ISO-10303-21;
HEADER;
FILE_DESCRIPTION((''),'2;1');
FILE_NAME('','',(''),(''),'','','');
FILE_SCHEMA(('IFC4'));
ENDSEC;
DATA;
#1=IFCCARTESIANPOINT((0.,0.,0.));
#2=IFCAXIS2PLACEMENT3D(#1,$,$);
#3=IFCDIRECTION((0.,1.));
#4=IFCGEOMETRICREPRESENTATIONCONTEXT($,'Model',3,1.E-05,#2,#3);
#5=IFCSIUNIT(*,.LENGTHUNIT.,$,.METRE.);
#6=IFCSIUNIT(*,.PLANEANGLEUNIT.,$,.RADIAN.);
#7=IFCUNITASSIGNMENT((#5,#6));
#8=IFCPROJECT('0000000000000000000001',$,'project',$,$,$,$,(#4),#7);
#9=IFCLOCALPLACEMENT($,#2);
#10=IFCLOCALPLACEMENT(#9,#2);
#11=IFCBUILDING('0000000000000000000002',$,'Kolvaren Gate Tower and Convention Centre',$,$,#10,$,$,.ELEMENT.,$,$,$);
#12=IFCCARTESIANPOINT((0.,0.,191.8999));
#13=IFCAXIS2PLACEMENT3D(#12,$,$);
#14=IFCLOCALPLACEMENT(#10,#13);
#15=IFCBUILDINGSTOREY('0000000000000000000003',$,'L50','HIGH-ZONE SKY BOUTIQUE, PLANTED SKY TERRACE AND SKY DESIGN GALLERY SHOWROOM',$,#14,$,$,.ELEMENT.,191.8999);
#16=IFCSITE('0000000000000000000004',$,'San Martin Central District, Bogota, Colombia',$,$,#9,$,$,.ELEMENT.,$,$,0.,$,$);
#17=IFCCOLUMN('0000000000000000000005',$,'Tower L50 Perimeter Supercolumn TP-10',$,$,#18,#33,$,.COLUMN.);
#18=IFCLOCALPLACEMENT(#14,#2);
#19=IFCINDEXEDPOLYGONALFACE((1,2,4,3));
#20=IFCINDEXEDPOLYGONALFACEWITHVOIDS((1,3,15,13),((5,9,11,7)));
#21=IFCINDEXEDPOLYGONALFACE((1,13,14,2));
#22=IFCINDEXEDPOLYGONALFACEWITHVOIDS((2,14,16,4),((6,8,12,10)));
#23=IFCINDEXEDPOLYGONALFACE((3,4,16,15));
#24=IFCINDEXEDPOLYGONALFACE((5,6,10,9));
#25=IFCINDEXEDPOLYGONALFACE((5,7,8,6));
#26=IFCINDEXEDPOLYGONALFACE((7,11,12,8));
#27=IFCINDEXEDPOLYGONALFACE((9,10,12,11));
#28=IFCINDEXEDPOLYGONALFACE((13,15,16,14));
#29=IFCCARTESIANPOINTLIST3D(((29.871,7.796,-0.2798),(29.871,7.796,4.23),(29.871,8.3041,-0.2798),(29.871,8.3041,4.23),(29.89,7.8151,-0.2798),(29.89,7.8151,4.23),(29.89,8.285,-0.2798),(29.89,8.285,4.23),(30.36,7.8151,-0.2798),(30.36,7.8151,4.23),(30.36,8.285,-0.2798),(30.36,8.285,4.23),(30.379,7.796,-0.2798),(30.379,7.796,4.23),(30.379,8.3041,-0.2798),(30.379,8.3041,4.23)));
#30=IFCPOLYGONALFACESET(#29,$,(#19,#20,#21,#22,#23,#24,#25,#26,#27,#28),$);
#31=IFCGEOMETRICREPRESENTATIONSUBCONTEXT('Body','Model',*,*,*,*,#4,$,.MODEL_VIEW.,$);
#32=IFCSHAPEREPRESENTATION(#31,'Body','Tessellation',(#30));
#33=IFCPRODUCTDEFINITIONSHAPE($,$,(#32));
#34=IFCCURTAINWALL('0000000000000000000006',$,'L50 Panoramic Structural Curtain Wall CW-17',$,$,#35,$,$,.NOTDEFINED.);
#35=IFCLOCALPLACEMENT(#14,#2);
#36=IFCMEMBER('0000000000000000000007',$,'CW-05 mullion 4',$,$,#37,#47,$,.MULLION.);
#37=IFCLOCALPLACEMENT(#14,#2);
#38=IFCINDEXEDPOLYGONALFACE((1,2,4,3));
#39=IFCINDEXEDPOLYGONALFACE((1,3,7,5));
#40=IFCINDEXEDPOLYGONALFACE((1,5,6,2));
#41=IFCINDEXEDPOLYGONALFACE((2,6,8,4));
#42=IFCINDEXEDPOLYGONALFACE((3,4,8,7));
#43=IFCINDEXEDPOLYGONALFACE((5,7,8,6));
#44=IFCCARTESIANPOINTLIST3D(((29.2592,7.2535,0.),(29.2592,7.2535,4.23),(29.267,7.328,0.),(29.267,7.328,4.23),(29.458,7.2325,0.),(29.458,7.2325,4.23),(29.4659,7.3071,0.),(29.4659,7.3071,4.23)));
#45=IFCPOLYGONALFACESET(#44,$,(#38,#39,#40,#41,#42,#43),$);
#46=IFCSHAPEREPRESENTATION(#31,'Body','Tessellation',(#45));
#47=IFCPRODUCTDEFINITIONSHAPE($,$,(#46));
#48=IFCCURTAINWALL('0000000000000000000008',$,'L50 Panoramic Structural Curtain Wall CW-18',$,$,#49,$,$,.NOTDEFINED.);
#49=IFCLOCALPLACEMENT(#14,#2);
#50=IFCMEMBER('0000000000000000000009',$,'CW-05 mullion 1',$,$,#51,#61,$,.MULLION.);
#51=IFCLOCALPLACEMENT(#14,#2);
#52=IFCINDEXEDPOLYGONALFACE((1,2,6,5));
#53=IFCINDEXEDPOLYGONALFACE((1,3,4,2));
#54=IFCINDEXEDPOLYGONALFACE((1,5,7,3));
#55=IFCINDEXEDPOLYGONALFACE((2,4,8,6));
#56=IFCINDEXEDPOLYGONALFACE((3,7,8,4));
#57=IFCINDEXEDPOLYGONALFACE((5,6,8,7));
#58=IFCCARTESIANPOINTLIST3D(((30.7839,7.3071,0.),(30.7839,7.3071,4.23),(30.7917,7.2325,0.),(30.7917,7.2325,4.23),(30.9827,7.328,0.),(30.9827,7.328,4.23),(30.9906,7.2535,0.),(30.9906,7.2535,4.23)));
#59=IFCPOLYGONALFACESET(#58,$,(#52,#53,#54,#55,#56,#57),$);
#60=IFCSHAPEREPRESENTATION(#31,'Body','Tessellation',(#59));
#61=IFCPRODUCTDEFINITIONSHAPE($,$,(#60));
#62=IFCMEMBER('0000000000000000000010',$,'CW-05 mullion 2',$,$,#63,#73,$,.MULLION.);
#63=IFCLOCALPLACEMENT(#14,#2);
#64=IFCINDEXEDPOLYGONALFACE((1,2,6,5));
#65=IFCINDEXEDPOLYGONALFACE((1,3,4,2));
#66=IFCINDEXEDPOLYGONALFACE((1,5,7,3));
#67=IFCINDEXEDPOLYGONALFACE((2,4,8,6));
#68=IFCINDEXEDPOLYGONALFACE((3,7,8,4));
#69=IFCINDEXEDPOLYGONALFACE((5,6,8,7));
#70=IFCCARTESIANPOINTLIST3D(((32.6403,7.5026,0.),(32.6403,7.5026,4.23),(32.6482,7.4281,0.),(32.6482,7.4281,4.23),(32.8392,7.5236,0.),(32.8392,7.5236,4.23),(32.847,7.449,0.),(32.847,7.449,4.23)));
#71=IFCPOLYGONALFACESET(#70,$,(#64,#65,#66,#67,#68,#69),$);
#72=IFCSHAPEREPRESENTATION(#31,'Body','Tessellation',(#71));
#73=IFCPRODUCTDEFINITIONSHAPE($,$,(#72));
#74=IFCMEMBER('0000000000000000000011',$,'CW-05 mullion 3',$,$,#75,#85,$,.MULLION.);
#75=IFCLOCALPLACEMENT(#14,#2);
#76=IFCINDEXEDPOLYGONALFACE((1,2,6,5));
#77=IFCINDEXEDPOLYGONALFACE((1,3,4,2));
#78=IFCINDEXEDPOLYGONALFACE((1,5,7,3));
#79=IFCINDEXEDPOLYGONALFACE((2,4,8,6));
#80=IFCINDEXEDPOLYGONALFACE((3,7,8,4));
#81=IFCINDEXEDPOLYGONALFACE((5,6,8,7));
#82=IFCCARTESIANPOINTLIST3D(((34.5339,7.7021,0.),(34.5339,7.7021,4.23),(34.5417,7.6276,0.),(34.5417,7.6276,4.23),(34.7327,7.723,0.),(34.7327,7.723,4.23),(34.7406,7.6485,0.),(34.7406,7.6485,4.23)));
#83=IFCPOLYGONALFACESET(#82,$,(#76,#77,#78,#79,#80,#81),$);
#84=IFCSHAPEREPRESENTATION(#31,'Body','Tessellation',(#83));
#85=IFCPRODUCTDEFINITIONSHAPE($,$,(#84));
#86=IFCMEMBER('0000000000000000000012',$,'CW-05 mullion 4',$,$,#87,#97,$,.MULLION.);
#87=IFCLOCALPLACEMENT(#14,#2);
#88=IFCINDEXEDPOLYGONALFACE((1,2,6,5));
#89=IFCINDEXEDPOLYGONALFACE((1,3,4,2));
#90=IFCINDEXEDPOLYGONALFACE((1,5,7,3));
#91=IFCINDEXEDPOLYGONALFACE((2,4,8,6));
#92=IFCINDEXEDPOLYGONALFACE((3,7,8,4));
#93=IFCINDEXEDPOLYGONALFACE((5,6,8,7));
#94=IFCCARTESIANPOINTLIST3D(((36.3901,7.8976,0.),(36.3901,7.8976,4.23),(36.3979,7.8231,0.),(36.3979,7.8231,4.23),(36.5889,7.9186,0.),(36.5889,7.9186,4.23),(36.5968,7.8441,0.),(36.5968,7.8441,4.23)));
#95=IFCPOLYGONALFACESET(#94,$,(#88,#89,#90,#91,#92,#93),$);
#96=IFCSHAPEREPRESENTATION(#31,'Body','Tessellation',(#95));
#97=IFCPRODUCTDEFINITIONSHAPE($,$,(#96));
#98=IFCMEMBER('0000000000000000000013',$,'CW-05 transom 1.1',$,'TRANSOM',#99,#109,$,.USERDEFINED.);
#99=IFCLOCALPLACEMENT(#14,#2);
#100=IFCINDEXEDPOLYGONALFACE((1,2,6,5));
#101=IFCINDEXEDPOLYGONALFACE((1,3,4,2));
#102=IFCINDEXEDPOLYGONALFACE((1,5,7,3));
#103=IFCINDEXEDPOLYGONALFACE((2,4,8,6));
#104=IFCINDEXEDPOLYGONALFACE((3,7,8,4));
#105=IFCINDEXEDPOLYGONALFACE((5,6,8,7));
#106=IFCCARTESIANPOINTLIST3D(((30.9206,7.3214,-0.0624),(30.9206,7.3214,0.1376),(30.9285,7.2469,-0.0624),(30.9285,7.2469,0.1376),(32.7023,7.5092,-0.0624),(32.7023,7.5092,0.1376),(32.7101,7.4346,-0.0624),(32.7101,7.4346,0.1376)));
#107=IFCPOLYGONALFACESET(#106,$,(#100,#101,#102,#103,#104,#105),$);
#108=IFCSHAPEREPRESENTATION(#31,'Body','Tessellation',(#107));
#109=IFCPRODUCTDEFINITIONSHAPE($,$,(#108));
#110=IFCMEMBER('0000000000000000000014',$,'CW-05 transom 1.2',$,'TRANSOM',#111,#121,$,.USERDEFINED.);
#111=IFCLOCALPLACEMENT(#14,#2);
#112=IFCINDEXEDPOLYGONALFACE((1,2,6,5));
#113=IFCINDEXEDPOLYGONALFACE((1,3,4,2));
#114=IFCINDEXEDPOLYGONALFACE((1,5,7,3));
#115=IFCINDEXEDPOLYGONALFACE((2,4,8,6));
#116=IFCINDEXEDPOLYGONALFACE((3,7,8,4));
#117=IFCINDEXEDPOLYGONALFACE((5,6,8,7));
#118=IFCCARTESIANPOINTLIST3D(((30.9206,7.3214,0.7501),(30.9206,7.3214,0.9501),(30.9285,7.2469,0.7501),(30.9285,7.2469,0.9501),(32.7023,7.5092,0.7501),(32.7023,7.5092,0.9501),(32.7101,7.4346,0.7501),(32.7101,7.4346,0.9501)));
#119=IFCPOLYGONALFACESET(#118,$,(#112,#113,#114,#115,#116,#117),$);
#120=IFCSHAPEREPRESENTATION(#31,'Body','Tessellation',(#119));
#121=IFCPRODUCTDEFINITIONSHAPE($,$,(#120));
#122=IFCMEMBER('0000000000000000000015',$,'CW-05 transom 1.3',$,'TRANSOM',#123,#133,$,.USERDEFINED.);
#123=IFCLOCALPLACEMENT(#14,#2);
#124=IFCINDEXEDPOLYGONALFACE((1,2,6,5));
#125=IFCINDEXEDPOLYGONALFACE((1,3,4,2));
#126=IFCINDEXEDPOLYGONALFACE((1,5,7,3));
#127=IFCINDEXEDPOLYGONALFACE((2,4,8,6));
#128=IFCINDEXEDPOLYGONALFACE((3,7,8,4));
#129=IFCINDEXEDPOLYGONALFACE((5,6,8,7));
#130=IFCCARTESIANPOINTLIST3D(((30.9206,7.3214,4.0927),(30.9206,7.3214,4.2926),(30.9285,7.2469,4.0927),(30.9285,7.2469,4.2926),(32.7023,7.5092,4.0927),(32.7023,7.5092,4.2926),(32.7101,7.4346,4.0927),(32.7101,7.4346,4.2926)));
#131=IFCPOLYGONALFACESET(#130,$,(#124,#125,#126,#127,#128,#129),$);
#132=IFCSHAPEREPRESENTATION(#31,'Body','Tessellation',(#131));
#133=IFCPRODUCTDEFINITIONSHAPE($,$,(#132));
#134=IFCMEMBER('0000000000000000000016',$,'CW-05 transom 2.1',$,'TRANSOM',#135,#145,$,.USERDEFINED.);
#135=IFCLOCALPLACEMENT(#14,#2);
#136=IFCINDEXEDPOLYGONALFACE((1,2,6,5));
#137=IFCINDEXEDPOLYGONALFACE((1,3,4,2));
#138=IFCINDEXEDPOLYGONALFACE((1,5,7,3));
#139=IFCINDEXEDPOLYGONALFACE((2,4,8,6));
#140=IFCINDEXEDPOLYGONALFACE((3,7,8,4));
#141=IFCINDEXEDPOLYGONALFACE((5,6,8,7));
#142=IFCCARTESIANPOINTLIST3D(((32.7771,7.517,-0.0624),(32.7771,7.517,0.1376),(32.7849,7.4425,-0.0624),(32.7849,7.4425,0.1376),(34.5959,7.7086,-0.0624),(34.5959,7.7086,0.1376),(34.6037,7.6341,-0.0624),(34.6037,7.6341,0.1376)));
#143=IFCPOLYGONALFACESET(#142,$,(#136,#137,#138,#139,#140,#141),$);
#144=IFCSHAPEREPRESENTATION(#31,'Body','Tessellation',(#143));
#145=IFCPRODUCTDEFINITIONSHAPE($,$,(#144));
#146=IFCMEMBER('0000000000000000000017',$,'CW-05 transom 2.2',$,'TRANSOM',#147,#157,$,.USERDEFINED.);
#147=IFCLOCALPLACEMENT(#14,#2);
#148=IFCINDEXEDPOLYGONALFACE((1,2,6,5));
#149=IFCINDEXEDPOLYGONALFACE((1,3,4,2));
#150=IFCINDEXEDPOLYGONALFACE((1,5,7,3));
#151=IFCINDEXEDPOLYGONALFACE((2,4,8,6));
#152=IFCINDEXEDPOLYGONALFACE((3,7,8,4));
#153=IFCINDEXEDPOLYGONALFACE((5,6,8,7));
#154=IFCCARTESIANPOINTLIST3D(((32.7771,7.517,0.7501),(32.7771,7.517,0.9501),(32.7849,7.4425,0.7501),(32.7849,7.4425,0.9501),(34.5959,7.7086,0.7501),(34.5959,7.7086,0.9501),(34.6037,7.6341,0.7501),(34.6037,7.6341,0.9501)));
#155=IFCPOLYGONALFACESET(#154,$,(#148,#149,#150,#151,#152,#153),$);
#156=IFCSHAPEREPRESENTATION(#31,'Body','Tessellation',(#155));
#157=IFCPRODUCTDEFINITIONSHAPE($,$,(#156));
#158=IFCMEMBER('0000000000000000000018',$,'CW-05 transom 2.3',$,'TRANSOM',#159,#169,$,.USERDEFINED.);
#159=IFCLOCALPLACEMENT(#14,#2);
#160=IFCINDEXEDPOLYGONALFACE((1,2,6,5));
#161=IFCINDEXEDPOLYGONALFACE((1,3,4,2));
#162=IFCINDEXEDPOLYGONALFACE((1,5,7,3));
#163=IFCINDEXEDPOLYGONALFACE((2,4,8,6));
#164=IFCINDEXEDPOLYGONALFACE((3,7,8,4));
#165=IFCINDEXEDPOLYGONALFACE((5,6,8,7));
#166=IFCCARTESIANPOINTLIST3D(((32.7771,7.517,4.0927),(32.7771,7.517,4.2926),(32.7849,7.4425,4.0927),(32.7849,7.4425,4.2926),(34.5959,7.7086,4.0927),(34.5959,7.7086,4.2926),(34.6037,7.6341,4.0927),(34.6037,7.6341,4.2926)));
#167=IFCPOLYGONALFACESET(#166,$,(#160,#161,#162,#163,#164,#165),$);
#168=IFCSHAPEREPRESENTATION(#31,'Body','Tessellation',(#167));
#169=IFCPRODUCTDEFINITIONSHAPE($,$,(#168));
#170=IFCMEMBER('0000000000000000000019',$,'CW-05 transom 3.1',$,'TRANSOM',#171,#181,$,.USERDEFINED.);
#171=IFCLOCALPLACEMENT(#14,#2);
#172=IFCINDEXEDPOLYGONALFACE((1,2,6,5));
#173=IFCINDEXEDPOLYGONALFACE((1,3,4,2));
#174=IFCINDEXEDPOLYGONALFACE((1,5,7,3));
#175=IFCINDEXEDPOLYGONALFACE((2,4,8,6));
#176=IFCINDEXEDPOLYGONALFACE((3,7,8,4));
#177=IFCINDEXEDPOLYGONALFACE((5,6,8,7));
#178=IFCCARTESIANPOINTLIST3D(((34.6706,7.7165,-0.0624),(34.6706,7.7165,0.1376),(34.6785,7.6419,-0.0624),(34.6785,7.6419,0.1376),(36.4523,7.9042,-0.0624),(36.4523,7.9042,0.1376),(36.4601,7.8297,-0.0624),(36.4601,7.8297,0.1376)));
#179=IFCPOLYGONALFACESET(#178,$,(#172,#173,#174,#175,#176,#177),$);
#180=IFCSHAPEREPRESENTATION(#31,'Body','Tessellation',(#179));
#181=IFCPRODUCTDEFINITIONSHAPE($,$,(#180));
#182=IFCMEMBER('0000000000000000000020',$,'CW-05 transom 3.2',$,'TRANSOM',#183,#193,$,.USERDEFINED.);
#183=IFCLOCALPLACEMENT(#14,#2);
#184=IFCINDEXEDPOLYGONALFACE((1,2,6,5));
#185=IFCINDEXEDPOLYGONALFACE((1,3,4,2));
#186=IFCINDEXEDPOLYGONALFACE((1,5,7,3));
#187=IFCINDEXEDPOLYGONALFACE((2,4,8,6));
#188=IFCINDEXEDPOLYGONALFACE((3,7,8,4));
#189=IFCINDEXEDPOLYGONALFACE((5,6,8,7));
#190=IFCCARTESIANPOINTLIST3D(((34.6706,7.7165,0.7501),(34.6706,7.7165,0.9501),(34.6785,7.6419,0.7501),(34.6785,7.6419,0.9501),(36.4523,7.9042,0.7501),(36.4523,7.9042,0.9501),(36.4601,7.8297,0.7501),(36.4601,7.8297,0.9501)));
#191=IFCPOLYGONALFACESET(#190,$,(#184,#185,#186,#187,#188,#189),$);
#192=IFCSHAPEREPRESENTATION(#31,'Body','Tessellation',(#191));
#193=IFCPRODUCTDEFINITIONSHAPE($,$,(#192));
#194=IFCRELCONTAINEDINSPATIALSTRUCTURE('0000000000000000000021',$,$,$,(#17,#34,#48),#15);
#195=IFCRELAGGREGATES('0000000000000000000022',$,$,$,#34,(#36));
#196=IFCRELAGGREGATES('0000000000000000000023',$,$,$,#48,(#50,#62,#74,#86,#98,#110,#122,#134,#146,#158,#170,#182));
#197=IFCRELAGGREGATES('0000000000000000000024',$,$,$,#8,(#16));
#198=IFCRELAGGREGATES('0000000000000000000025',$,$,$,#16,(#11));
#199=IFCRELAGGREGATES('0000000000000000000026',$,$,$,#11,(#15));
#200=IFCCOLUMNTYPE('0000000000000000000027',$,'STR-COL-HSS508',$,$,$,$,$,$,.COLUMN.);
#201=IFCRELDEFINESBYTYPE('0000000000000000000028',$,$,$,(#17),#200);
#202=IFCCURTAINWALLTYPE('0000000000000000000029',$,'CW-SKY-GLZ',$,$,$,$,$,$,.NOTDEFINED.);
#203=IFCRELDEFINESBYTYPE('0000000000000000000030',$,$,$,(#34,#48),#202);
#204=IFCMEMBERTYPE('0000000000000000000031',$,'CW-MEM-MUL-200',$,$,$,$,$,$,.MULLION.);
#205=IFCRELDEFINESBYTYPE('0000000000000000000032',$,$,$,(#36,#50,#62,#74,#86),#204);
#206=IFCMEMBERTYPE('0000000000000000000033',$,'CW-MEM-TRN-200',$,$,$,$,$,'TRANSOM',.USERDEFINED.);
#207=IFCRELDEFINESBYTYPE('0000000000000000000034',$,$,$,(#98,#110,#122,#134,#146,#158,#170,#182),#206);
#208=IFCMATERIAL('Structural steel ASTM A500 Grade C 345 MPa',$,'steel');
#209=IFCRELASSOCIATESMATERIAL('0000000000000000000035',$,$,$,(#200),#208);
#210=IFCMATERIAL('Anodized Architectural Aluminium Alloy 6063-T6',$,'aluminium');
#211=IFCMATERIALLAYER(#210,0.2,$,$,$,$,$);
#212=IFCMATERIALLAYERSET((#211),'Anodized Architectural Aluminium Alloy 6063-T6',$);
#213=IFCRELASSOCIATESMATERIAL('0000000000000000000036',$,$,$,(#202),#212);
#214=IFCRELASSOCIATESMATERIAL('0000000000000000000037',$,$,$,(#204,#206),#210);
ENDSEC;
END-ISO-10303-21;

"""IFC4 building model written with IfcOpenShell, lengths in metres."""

from ifc_helpers import new_model, si_unit, direction, frame, origin, origin_2d, place, context, subcontext, project, spatial, rectangle, hollow_rectangle, extrude, material, layer, layer_set, material_profile, profile_set, type_object, element, aggregate, save


model = new_model("IFC4")

# Units and contexts
model_context = context("Model", 3, precision=1e-05, world=origin(), true_north=direction((0.0, 1.0)))
body_context = subcontext(model_context, "Body", "Model", "MODEL_VIEW")
ifc_project = project(units=[si_unit("LENGTHUNIT", "METRE"), si_unit("PLANEANGLEUNIT", "RADIAN")], contexts=[model_context])

# Site, building, storey
site_placement = place(None, origin())
site = spatial("IfcSite", under=ifc_project, at=site_placement, Name="San Martin Central District, Bogota, Colombia", CompositionType="ELEMENT", RefElevation=0.0)
building_placement = place(site_placement, origin())
building = spatial("IfcBuilding", under=site, at=building_placement, Name="Kolvaren Gate Tower and Convention Centre", CompositionType="ELEMENT")
storey_placement = place(building_placement, frame((0.0, 0.0, 191.8999)))
storey = spatial("IfcBuildingStorey", under=building, at=storey_placement, Name="L50", Description="HIGH-ZONE SKY BOUTIQUE, PLANTED SKY TERRACE AND SKY DESIGN GALLERY SHOWROOM", CompositionType="ELEMENT", Elevation=191.8999)

# Column
ifc_material_1 = material(Name="Structural steel ASTM A500 Grade C 345 MPa", Category="steel")
ifc_material_profile_1 = material_profile(ifc_material_1, hollow_rectangle(XDim=0.5081, YDim=0.5081, WallThickness=0.019, at=origin_2d()), Name="HSS508X508X19.1")
ifc_profile_set_1 = profile_set([ifc_material_profile_1], Name="Structural steel ASTM A500 Grade C 345 MPa")
column_type = type_object("IfcColumnType", Name="STR-COL-HSS508", PredefinedType="COLUMN", material=ifc_profile_set_1)
column_placement = place(storey_placement, frame((30.125, 8.05, -0.2798), z_axis=(0.0, 0.0, 1.0), x_axis=(1.0, 0.0, 0.0)))
element("IfcColumn", 1, at=column_placement, inside=storey, type_object=column_type, Name="Tower L50 Perimeter Supercolumn TP-10", PredefinedType="COLUMN", context=body_context, shape_type="SweptSolid", body=[
    extrude(hollow_rectangle(XDim=0.5081, YDim=0.5081, WallThickness=0.019, at=origin_2d()), origin(), (0.0, 0.0, 1.0), 4.5098),
])

# Curtain wall, member
ifc_material_2 = material(Name="Anodized Architectural Aluminium Alloy 6063-T6", Category="aluminium")
ifc_layer_1 = layer(ifc_material_2, 0.2)
ifc_layer_set_1 = layer_set([ifc_layer_1], Name="Anodized Architectural Aluminium Alloy 6063-T6")
curtain_wall_type = type_object("IfcCurtainWallType", Name="CW-SKY-GLZ", PredefinedType="NOTDEFINED", material=ifc_layer_set_1)
curtain_wall_1_placement = place(storey_placement, origin())
curtain_wall_1 = element("IfcCurtainWall", 2, at=curtain_wall_1_placement, inside=storey, type_object=curtain_wall_type, Name="L50 Panoramic Structural Curtain Wall CW-17", PredefinedType="NOTDEFINED")
ifc_material_profile_2 = material_profile(ifc_material_2, rectangle(XDim=0.075, YDim=0.2, at=origin_2d()), Name="CW-MEM-MUL-200")
ifc_profile_set_2 = profile_set([ifc_material_profile_2], Name="Anodized Architectural Aluminium Alloy 6063-T6")
member_type_1 = type_object("IfcMemberType", Name="CW-MEM-MUL-200", PredefinedType="MULLION", material=ifc_profile_set_2)
member_1_placement = place(storey_placement, frame((29.3625, 7.2803, 0.0), z_axis=(0.0, 0.0, 1.0), x_axis=(0.104744, 0.994499, 0.0)))
member_1 = element("IfcMember", 3, at=member_1_placement, type_object=member_type_1, Name="CW-05 mullion 4", PredefinedType="MULLION", context=body_context, shape_type="SweptSolid", body=[
    extrude(rectangle(XDim=0.075, YDim=0.2, at=origin_2d()), origin(), (0.0, 0.0, 1.0), 4.23),
])
aggregate(curtain_wall_1, [member_1])

# Curtain wall, members
curtain_wall_2_placement = place(storey_placement, origin())
curtain_wall_2 = element("IfcCurtainWall", 4, at=curtain_wall_2_placement, inside=storey, type_object=curtain_wall_type, Name="L50 Panoramic Structural Curtain Wall CW-18", PredefinedType="NOTDEFINED")
member_2_placement = place(storey_placement, frame((30.8872, 7.2803, 0.0), z_axis=(0.0, 0.0, 1.0), x_axis=(-0.10474, 0.9945, 0.0)))
member_2 = element("IfcMember", 5, at=member_2_placement, type_object=member_type_1, Name="CW-05 mullion 1", PredefinedType="MULLION", context=body_context, shape_type="SweptSolid", body=[
    extrude(rectangle(XDim=0.075, YDim=0.2, at=origin_2d()), origin(), (0.0, 0.0, 1.0), 4.23),
])
member_3_placement = place(storey_placement, frame((32.7437, 7.4758, 0.0), z_axis=(0.0, 0.0, 1.0), x_axis=(-0.10474, 0.9945, 0.0)))
member_3 = element("IfcMember", 6, at=member_3_placement, type_object=member_type_1, Name="CW-05 mullion 2", PredefinedType="MULLION", context=body_context, shape_type="SweptSolid", body=[
    extrude(rectangle(XDim=0.075, YDim=0.2, at=origin_2d()), origin(), (0.0, 0.0, 1.0), 4.23),
])
member_4_placement = place(storey_placement, frame((34.6372, 7.6753, 0.0), z_axis=(0.0, 0.0, 1.0), x_axis=(-0.10474, 0.9945, 0.0)))
member_4 = element("IfcMember", 7, at=member_4_placement, type_object=member_type_1, Name="CW-05 mullion 3", PredefinedType="MULLION", context=body_context, shape_type="SweptSolid", body=[
    extrude(rectangle(XDim=0.075, YDim=0.2, at=origin_2d()), origin(), (0.0, 0.0, 1.0), 4.23),
])
member_5_placement = place(storey_placement, frame((36.4934, 7.8708, 0.0), z_axis=(0.0, 0.0, 1.0), x_axis=(-0.10474, 0.9945, 0.0)))
member_5 = element("IfcMember", 8, at=member_5_placement, type_object=member_type_1, Name="CW-05 mullion 4", PredefinedType="MULLION", context=body_context, shape_type="SweptSolid", body=[
    extrude(rectangle(XDim=0.075, YDim=0.2, at=origin_2d()), origin(), (0.0, 0.0, 1.0), 4.23),
])
ifc_material_profile_3 = material_profile(ifc_material_2, rectangle(XDim=0.075, YDim=0.2, at=origin_2d()), Name="CW-MEM-TRN-200")
ifc_profile_set_3 = profile_set([ifc_material_profile_3], Name="Anodized Architectural Aluminium Alloy 6063-T6")
member_type_2 = type_object("IfcMemberType", Name="CW-MEM-TRN-200", ElementType="TRANSOM", PredefinedType="USERDEFINED", material=ifc_profile_set_3)
member_6_placement = place(storey_placement, frame((30.9246, 7.2842, 0.0376), z_axis=(0.994494, 0.104791, 0.0), x_axis=(-0.104791, 0.994494, 0.0)))
member_6 = element("IfcMember", 9, at=member_6_placement, type_object=member_type_2, Name="CW-05 transom 1.1", ObjectType="TRANSOM", PredefinedType="USERDEFINED", context=body_context, shape_type="SweptSolid", body=[
    extrude(rectangle(XDim=0.075, YDim=0.2, at=origin_2d()), origin(), (0.0, 0.0, 1.0), 1.7915),
])
member_7_placement = place(storey_placement, frame((30.9246, 7.2842, 0.8501), z_axis=(0.994494, 0.104791, 0.0), x_axis=(-0.104791, 0.994494, 0.0)))
member_7 = element("IfcMember", 10, at=member_7_placement, type_object=member_type_2, Name="CW-05 transom 1.2", ObjectType="TRANSOM", PredefinedType="USERDEFINED", context=body_context, shape_type="SweptSolid", body=[
    extrude(rectangle(XDim=0.075, YDim=0.2, at=origin_2d()), origin(), (0.0, 0.0, 1.0), 1.7915),
])
member_8_placement = place(storey_placement, frame((30.9246, 7.2842, 4.1926), z_axis=(0.994494, 0.104791, 0.0), x_axis=(-0.104791, 0.994494, 0.0)))
member_8 = element("IfcMember", 11, at=member_8_placement, type_object=member_type_2, Name="CW-05 transom 1.3", ObjectType="TRANSOM", PredefinedType="USERDEFINED", context=body_context, shape_type="SweptSolid", body=[
    extrude(rectangle(XDim=0.075, YDim=0.2, at=origin_2d()), origin(), (0.0, 0.0, 1.0), 1.7915),
])
member_9_placement = place(storey_placement, frame((32.781, 7.4797, 0.0376), z_axis=(0.994494, 0.104789, 0.0), x_axis=(-0.104789, 0.994494, 0.0)))
member_9 = element("IfcMember", 12, at=member_9_placement, type_object=member_type_2, Name="CW-05 transom 2.1", ObjectType="TRANSOM", PredefinedType="USERDEFINED", context=body_context, shape_type="SweptSolid", body=[
    extrude(rectangle(XDim=0.075, YDim=0.2, at=origin_2d()), origin(), (0.0, 0.0, 1.0), 1.8289),
])
member_10_placement = place(storey_placement, frame((32.781, 7.4797, 0.8501), z_axis=(0.994494, 0.104789, 0.0), x_axis=(-0.104789, 0.994494, 0.0)))
member_10 = element("IfcMember", 13, at=member_10_placement, type_object=member_type_2, Name="CW-05 transom 2.2", ObjectType="TRANSOM", PredefinedType="USERDEFINED", context=body_context, shape_type="SweptSolid", body=[
    extrude(rectangle(XDim=0.075, YDim=0.2, at=origin_2d()), origin(), (0.0, 0.0, 1.0), 1.8289),
])
member_11_placement = place(storey_placement, frame((32.781, 7.4797, 4.1926), z_axis=(0.994494, 0.104789, 0.0), x_axis=(-0.104789, 0.994494, 0.0)))
member_11 = element("IfcMember", 14, at=member_11_placement, type_object=member_type_2, Name="CW-05 transom 2.3", ObjectType="TRANSOM", PredefinedType="USERDEFINED", context=body_context, shape_type="SweptSolid", body=[
    extrude(rectangle(XDim=0.075, YDim=0.2, at=origin_2d()), origin(), (0.0, 0.0, 1.0), 1.8289),
])
member_12_placement = place(storey_placement, frame((34.6746, 7.6792, 0.0376), z_axis=(0.994494, 0.104791, 0.0), x_axis=(-0.104791, 0.994494, 0.0)))
member_12 = element("IfcMember", 15, at=member_12_placement, type_object=member_type_2, Name="CW-05 transom 3.1", ObjectType="TRANSOM", PredefinedType="USERDEFINED", context=body_context, shape_type="SweptSolid", body=[
    extrude(rectangle(XDim=0.075, YDim=0.2, at=origin_2d()), origin(), (0.0, 0.0, 1.0), 1.7915),
])
member_13_placement = place(storey_placement, frame((34.6746, 7.6792, 0.8501), z_axis=(0.994494, 0.104791, 0.0), x_axis=(-0.104791, 0.994494, 0.0)))
member_13 = element("IfcMember", 16, at=member_13_placement, type_object=member_type_2, Name="CW-05 transom 3.2", ObjectType="TRANSOM", PredefinedType="USERDEFINED", context=body_context, shape_type="SweptSolid", body=[
    extrude(rectangle(XDim=0.075, YDim=0.2, at=origin_2d()), origin(), (0.0, 0.0, 1.0), 1.7915),
])

aggregate(curtain_wall_2, [member_2, member_3, member_4, member_5, member_6, member_7, member_8, member_9, member_10, member_11, member_12, member_13])

save(model, "model.ifc")
